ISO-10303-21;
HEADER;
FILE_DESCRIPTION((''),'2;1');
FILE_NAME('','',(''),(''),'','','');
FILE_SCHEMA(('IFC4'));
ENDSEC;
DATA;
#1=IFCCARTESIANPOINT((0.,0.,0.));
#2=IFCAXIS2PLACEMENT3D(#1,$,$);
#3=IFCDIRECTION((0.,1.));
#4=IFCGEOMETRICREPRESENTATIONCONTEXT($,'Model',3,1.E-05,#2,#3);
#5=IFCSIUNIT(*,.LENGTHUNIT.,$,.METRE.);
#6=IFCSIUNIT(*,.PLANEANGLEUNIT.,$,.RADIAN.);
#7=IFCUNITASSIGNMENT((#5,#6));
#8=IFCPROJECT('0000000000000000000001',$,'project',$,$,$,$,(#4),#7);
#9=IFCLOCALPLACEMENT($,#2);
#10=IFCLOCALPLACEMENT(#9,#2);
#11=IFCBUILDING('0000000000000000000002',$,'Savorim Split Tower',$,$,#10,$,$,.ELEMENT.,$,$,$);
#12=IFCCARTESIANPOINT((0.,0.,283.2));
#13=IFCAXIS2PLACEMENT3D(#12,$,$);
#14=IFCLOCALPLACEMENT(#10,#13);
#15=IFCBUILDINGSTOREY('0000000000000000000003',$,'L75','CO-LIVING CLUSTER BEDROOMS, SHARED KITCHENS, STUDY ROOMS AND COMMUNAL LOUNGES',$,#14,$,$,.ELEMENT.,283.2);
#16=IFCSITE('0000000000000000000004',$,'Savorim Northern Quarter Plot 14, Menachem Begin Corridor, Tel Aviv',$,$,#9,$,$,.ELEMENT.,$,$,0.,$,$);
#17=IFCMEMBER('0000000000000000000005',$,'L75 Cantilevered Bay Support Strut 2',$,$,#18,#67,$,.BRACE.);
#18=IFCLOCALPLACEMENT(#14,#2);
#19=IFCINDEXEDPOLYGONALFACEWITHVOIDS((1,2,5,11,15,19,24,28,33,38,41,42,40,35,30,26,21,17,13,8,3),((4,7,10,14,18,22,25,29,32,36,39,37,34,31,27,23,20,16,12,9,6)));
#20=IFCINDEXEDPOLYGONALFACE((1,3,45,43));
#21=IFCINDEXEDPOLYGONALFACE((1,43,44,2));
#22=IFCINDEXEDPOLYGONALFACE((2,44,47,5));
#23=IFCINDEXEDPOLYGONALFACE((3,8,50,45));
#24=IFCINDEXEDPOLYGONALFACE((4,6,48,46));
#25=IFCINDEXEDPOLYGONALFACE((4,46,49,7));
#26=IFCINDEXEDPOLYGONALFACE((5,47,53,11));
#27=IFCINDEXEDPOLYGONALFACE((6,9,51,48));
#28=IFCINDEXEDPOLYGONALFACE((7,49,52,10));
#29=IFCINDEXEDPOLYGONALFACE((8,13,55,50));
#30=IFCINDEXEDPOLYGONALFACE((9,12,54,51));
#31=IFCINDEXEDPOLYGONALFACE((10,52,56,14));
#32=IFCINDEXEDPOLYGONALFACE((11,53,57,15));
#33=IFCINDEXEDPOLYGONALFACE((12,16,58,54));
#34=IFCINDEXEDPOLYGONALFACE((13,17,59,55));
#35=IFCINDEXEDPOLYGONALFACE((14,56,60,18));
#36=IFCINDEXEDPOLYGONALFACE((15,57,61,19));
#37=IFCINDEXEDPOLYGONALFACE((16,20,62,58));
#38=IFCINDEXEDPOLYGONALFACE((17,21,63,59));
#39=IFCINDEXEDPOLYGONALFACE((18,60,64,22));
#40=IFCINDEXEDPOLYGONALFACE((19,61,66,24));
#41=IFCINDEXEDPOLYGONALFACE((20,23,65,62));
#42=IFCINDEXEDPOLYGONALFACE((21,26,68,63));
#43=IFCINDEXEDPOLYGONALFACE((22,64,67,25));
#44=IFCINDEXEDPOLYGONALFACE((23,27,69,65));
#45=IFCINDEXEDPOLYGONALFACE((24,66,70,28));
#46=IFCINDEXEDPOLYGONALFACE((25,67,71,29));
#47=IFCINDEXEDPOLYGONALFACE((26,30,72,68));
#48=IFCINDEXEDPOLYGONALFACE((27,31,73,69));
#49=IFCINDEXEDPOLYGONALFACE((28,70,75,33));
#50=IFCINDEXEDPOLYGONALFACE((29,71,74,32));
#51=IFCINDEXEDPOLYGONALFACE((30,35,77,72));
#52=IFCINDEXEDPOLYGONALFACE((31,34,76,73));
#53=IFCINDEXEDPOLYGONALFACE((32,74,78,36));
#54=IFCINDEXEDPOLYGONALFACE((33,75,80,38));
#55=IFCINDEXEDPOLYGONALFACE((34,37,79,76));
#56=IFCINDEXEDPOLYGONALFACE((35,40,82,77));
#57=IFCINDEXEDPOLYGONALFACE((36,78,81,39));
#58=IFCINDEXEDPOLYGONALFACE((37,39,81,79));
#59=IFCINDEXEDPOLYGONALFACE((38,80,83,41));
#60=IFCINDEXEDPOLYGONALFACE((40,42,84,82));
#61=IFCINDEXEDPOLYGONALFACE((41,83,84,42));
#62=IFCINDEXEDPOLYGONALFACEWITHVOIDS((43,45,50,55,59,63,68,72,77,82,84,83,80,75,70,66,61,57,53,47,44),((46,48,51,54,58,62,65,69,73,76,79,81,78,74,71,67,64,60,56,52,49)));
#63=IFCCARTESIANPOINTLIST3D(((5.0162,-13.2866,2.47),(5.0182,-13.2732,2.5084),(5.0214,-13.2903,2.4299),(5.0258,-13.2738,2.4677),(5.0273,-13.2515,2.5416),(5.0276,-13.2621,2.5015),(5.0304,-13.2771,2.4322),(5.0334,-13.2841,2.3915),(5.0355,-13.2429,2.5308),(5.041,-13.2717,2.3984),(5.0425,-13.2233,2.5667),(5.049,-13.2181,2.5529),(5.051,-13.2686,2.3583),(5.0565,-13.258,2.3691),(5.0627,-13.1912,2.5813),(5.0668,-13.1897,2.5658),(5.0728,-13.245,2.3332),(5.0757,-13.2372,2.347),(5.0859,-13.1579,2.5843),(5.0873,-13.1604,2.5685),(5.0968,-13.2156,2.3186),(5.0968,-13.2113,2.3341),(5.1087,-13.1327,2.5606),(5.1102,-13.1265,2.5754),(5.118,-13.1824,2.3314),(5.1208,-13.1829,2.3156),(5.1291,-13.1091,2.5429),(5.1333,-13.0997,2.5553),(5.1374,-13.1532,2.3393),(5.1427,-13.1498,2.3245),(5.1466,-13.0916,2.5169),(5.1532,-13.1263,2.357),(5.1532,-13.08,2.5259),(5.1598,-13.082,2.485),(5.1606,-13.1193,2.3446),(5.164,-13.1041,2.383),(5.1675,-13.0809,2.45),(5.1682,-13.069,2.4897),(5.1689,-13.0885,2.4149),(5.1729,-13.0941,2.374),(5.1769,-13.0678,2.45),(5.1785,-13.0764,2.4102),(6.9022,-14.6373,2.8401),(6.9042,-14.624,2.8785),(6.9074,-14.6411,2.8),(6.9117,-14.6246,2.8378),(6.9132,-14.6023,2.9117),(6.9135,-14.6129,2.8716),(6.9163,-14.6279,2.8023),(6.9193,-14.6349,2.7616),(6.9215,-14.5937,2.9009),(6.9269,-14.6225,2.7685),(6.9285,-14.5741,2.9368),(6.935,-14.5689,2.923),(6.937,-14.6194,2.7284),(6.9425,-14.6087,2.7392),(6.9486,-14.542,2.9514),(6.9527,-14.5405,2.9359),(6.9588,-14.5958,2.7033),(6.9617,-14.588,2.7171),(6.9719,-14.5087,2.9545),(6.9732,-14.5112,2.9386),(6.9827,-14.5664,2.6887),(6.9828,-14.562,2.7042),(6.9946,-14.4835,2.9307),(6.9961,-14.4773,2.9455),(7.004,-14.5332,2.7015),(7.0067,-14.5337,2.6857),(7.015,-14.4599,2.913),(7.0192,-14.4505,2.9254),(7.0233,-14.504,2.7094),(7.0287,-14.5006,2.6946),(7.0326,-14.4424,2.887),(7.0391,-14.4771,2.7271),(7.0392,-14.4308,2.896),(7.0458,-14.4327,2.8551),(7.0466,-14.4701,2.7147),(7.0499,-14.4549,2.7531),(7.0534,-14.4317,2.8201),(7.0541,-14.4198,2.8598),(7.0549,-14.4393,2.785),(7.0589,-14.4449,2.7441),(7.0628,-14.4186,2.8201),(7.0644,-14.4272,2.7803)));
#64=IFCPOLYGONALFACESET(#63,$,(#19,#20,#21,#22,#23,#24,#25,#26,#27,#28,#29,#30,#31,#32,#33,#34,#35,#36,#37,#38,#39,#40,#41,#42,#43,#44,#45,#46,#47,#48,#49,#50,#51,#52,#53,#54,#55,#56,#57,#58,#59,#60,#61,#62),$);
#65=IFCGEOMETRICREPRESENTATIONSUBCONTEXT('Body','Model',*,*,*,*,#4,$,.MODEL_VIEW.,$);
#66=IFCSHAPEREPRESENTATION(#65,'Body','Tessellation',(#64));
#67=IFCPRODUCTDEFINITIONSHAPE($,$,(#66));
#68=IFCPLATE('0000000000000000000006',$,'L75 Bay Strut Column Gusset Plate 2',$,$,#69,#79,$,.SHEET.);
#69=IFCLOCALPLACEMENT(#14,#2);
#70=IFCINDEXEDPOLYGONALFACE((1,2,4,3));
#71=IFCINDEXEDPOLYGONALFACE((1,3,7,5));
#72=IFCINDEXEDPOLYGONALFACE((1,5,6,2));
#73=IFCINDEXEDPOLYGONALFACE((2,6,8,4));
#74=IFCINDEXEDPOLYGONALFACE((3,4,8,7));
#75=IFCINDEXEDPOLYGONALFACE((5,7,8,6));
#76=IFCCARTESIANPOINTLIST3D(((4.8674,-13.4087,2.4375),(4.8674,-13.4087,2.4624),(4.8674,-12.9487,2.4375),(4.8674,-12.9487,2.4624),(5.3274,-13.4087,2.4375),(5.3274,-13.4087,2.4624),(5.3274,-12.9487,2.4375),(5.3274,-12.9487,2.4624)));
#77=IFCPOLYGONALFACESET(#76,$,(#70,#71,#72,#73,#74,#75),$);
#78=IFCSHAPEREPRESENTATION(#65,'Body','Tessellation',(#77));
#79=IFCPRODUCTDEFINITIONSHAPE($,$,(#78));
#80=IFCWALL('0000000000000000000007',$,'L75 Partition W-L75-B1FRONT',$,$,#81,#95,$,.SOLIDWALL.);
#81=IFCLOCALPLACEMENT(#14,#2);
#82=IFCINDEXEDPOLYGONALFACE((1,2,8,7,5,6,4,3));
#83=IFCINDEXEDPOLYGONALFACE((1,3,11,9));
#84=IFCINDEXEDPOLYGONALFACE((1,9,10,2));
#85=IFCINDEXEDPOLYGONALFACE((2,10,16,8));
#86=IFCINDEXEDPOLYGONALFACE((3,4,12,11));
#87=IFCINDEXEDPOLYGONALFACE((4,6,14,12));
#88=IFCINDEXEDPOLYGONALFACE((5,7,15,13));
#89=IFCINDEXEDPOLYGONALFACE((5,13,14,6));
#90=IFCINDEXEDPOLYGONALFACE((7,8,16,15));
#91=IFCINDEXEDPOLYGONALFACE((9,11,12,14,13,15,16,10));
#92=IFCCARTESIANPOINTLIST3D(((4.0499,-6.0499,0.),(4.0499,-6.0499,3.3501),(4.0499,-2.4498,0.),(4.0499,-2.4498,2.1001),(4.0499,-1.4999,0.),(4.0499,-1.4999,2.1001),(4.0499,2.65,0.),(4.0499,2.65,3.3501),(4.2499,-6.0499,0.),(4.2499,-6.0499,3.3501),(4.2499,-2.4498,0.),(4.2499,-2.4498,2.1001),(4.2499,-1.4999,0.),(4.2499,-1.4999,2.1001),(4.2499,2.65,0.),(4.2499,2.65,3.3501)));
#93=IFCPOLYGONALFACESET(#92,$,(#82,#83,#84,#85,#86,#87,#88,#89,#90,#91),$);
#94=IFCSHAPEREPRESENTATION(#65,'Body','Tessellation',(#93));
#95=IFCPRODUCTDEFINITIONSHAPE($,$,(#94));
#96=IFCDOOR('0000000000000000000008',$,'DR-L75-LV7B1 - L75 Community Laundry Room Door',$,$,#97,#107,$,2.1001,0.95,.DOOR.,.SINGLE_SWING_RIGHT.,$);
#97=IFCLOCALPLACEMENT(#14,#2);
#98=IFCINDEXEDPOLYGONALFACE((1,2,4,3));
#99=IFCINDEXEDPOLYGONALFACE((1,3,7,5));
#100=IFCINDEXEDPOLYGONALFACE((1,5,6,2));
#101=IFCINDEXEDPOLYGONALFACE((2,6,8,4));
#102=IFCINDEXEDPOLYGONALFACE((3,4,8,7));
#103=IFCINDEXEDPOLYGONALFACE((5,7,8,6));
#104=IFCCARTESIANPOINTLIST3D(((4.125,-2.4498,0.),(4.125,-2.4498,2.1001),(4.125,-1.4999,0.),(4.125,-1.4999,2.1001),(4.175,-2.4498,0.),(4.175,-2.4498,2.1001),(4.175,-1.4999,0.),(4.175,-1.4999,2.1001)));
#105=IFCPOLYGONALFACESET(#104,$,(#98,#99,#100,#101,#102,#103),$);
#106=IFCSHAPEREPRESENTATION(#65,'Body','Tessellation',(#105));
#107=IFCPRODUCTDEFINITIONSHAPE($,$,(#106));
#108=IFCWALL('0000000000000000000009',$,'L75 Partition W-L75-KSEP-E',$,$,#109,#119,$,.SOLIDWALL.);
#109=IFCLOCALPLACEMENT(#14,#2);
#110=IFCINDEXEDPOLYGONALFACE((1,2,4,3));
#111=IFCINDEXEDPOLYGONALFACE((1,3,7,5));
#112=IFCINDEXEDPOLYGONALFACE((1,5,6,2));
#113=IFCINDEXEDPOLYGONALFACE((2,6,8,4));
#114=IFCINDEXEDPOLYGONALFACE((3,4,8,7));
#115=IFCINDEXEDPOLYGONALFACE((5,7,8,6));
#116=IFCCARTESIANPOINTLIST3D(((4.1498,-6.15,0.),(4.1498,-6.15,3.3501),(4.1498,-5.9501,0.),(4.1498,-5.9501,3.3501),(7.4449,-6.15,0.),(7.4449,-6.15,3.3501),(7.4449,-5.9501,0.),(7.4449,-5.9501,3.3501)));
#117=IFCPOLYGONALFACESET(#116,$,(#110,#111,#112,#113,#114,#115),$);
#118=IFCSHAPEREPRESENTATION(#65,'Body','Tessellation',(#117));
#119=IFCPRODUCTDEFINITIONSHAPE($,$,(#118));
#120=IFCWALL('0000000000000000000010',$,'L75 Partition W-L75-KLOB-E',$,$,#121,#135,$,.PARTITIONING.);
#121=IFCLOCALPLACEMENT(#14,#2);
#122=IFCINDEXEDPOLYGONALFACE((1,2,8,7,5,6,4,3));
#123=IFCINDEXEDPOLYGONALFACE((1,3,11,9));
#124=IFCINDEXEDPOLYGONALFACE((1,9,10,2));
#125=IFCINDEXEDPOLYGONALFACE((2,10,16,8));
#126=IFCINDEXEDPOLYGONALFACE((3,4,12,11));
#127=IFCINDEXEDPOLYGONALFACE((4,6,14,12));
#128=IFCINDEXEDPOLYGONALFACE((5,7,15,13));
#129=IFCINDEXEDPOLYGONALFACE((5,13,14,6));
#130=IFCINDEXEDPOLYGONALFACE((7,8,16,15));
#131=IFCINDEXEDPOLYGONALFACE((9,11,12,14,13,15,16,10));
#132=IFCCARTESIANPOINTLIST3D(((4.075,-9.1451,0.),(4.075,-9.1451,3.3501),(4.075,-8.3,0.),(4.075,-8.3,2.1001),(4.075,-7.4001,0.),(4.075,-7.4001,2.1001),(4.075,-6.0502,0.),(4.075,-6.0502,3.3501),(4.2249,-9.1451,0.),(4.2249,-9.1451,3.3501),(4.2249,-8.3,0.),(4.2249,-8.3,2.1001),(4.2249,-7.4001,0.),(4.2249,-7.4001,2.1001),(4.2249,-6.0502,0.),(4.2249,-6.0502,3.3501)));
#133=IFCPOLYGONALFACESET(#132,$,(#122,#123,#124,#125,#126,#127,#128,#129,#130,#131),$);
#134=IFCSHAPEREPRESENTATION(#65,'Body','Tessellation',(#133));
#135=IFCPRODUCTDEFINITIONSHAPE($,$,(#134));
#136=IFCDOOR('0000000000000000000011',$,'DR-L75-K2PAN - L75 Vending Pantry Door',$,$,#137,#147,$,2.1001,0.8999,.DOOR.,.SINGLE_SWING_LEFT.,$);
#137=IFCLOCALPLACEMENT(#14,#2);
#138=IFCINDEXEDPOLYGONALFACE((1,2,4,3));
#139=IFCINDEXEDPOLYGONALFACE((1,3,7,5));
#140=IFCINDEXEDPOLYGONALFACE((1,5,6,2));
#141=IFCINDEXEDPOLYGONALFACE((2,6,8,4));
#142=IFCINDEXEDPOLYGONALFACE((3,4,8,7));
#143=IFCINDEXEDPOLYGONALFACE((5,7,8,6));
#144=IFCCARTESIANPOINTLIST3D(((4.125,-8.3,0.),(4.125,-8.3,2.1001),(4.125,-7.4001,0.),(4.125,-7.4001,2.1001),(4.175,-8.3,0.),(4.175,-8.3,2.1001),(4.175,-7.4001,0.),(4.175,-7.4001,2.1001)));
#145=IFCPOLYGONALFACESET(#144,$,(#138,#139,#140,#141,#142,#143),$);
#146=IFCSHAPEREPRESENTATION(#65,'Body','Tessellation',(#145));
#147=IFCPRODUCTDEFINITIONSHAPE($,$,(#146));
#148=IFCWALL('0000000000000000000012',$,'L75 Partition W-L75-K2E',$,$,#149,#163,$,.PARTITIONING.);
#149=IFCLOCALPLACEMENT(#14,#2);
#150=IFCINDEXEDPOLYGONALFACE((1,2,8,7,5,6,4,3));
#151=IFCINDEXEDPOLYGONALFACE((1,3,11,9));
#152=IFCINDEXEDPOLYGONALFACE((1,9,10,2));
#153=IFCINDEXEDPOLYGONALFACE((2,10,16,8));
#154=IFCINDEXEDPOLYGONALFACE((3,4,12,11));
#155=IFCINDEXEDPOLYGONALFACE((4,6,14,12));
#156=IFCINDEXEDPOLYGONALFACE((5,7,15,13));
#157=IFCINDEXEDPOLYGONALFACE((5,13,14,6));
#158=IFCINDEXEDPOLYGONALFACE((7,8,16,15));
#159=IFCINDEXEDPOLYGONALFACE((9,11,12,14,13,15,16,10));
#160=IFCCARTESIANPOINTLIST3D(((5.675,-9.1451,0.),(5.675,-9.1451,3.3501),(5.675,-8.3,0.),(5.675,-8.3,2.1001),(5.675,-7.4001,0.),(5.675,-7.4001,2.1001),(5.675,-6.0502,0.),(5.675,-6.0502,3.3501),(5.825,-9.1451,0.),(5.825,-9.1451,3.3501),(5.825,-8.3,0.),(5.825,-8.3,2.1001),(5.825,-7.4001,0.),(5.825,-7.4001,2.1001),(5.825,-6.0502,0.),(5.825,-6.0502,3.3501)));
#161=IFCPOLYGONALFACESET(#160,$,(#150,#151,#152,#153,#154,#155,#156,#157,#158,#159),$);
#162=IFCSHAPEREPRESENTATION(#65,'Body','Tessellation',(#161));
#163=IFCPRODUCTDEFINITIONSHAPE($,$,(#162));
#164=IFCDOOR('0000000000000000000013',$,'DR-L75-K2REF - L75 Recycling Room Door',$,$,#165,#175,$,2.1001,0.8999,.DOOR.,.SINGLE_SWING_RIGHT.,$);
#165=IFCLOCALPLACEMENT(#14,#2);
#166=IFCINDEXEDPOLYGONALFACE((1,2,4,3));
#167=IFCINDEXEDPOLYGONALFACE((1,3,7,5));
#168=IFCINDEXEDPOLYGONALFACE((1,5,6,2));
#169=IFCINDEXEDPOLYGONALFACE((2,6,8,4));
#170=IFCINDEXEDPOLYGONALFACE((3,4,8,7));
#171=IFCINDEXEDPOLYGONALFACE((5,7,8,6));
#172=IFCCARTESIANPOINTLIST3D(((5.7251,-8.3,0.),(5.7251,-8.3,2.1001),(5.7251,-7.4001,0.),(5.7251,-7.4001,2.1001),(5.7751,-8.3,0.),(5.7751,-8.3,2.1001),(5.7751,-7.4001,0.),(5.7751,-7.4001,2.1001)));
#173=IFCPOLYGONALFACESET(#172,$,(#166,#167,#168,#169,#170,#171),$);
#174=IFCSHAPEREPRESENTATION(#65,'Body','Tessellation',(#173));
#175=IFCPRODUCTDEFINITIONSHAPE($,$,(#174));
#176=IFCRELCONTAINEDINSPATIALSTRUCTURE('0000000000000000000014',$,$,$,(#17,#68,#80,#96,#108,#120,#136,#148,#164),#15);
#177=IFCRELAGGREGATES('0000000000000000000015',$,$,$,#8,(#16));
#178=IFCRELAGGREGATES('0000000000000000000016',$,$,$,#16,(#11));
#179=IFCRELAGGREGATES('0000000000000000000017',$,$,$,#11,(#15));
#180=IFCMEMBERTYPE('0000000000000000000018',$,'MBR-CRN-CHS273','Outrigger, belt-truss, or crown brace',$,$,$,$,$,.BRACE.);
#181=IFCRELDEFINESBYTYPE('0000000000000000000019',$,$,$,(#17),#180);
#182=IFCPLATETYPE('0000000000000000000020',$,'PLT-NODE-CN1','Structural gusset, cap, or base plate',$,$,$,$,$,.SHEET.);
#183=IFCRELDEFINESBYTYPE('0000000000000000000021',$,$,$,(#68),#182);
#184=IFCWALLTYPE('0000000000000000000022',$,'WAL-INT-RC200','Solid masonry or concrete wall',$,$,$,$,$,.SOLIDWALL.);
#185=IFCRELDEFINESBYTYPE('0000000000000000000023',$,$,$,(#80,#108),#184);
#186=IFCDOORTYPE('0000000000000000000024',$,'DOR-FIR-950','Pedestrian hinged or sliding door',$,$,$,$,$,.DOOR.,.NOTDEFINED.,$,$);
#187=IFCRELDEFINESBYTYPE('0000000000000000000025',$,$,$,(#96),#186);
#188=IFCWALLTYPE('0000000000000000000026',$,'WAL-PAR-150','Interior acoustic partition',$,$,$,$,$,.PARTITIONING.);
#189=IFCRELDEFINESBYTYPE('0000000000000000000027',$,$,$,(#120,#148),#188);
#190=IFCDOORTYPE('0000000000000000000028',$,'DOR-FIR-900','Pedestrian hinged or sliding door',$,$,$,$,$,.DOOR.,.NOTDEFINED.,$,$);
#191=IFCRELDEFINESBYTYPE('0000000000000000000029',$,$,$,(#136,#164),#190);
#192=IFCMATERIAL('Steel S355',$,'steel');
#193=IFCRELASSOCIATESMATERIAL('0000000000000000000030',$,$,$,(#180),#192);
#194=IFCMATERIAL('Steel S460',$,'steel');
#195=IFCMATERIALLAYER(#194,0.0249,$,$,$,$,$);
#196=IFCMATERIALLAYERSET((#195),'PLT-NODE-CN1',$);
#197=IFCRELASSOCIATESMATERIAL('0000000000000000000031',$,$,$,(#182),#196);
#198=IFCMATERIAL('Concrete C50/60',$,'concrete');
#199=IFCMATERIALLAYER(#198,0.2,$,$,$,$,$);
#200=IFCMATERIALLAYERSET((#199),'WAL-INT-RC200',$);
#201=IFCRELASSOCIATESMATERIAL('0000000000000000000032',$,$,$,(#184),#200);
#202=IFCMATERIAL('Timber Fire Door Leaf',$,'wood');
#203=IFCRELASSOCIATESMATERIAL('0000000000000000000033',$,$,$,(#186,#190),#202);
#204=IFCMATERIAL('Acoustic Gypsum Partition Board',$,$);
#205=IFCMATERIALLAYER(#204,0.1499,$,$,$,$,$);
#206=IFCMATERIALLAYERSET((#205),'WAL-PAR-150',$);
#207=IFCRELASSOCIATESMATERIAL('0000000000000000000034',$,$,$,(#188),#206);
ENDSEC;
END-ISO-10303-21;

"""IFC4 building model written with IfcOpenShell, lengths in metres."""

from ifc_helpers import new_model, si_unit, direction, frame, frame_2d, origin, origin_2d, place, context, subcontext, project, spatial, rectangle, hollow_circle, extrude, material, layer, layer_set, material_profile, profile_set, type_object, element, fill, save


model = new_model("IFC4")

# Units and contexts
model_context = context("Model", 3, precision=1e-05, world=origin(), true_north=direction((0.0, 1.0)))
body_context = subcontext(model_context, "Body", "Model", "MODEL_VIEW")
ifc_project = project(units=[si_unit("LENGTHUNIT", "METRE"), si_unit("PLANEANGLEUNIT", "RADIAN")], contexts=[model_context])

# Site, building, storey
site_placement = place(None, origin())
site = spatial("IfcSite", under=ifc_project, at=site_placement, Name="Savorim Northern Quarter Plot 14, Menachem Begin Corridor, Tel Aviv", CompositionType="ELEMENT", RefElevation=0.0)
building_placement = place(site_placement, origin())
building = spatial("IfcBuilding", under=site, at=building_placement, Name="Savorim Split Tower", CompositionType="ELEMENT")
storey_placement = place(building_placement, frame((0.0, 0.0, 283.2)))
storey = spatial("IfcBuildingStorey", under=building, at=storey_placement, Name="L75", Description="CO-LIVING CLUSTER BEDROOMS, SHARED KITCHENS, STUDY ROOMS AND COMMUNAL LOUNGES", CompositionType="ELEMENT", Elevation=283.2)

# Shared definitions
ifc_material_1 = material(Name="Steel S355", Category="steel")

# Member
ifc_material_profile_1 = material_profile(ifc_material_1, hollow_circle(Radius=0.1365, WallThickness=0.0161, at=origin_2d()), Name="CHS 273x16")
ifc_profile_set_1 = profile_set([ifc_material_profile_1], Name="Steel S355")
member_type = type_object("IfcMemberType", Name="MBR-CRN-CHS273", Description="Outrigger, belt-truss, or crown brace", PredefinedType="BRACE", material=ifc_profile_set_1)
member_placement = place(storey_placement, frame((5.0974, -13.1787, 2.45), z_axis=(0.802826, -0.575021, 0.157551), x_axis=(0.582293, 0.812979, 0.0)))
element("IfcMember", 1, at=member_placement, inside=storey, type_object=member_type, Name="L75 Cantilevered Bay Support Strut 2", PredefinedType="BRACE", context=body_context, shape_type="SweptSolid", body=[
    extrude(hollow_circle(Radius=0.1365, WallThickness=0.0161, at=origin_2d()), origin(), (0.0, 0.0, 1.0), 2.3491),
])

# Plate
ifc_material_2 = material(Name="Steel S460", Category="steel")
ifc_layer_1 = layer(ifc_material_2, 0.0249)
ifc_layer_set_1 = layer_set([ifc_layer_1], Name="PLT-NODE-CN1")
plate_type = type_object("IfcPlateType", Name="PLT-NODE-CN1", Description="Structural gusset, cap, or base plate", PredefinedType="SHEET", material=ifc_layer_set_1)
plate_placement = place(storey_placement, frame((5.0974, -13.1787, 2.4375), z_axis=(0.0, 0.0, 1.0), x_axis=(1.0, 0.0, 0.0)))
element("IfcPlate", 2, at=plate_placement, inside=storey, type_object=plate_type, Name="L75 Bay Strut Column Gusset Plate 2", PredefinedType="SHEET", context=body_context, shape_type="SweptSolid", body=[
    extrude(rectangle(XDim=0.46, YDim=0.46, at=origin_2d()), origin(), (0.0, 0.0, 1.0), 0.0249),
])

# Wall, opening, door
ifc_material_3 = material(Name="Concrete C50/60", Category="concrete")
ifc_layer_2 = layer(ifc_material_3, 0.2)
ifc_layer_set_2 = layer_set([ifc_layer_2], Name="WAL-INT-RC200")
wall_type_1 = type_object("IfcWallType", Name="WAL-INT-RC200", Description="Solid masonry or concrete wall", PredefinedType="SOLIDWALL", material=ifc_layer_set_2)
wall_1_placement = place(storey_placement, frame((4.1499, -6.05, 0.0), z_axis=(0.0, 0.0, 1.0), x_axis=(0.0, 1.0, 0.0)))
wall_1 = element("IfcWall", 3, at=wall_1_placement, inside=storey, type_object=wall_type_1, Name="L75 Partition W-L75-B1FRONT", PredefinedType="SOLIDWALL", context=body_context, shape_type="SweptSolid", body=[
    extrude(rectangle(XDim=8.7, YDim=0.2, at=frame_2d((4.3501, 0.0))), origin(), (0.0, 0.0, 1.0), 3.3501),
])
opening_1_placement = place(wall_1_placement, frame((3.6001, 0.0, 0.0)))
opening_1 = element("IfcOpeningElement", 4, at=opening_1_placement, cuts=wall_1, PredefinedType="OPENING", context=body_context, shape_type="SweptSolid", body=[
    extrude(rectangle(XDim=0.95, YDim=2.1001, at=frame_2d((0.4751, 1.05))), frame((0.0, 0.1099, 0.0), z_axis=(0.0, -1.0, 0.0), x_axis=(1.0, 0.0, 0.0)), (0.0, 0.0, 1.0), 0.22),
])
ifc_material_4 = material(Name="Timber Fire Door Leaf", Category="wood")
door_type_1 = type_object("IfcDoorType", Name="DOR-FIR-950", Description="Pedestrian hinged or sliding door", OperationType="NOTDEFINED", PredefinedType="DOOR", material=ifc_material_4)
door_1_placement = place(opening_1_placement, origin())
door_1 = element("IfcDoor", 5, at=door_1_placement, inside=storey, type_object=door_type_1, Name="DR-L75-LV7B1 - L75 Community Laundry Room Door", OperationType="SINGLE_SWING_RIGHT", OverallHeight=2.1001, OverallWidth=0.95, PredefinedType="DOOR", context=body_context, shape_type="SweptSolid", body=[
    extrude(rectangle(XDim=0.95, YDim=2.1001, at=frame_2d((0.4751, 1.05))), frame((0.0, 0.0249, 0.0), z_axis=(0.0, -1.0, 0.0), x_axis=(1.0, 0.0, 0.0)), (0.0, 0.0, 1.0), 0.05),
])
fill(opening_1, door_1)

# Wall
wall_2_placement = place(storey_placement, frame((4.1499, -6.05, 0.0), z_axis=(0.0, 0.0, 1.0), x_axis=(1.0, 0.0, 0.0)))
element("IfcWall", 6, at=wall_2_placement, inside=storey, type_object=wall_type_1, Name="L75 Partition W-L75-KSEP-E", PredefinedType="SOLIDWALL", context=body_context, shape_type="SweptSolid", body=[
    extrude(rectangle(XDim=3.2952, YDim=0.2, at=frame_2d((1.6475, 0.0))), origin(), (0.0, 0.0, 1.0), 3.3501),
])

# Walls, openings, doors
ifc_material_5 = material(Name="Acoustic Gypsum Partition Board")
ifc_layer_3 = layer(ifc_material_5, 0.1499)
ifc_layer_set_3 = layer_set([ifc_layer_3], Name="WAL-PAR-150")
wall_type_2 = type_object("IfcWallType", Name="WAL-PAR-150", Description="Interior acoustic partition", PredefinedType="PARTITIONING", material=ifc_layer_set_3)
wall_3_placement = place(storey_placement, frame((4.1499, -9.145, 0.0), z_axis=(0.0, 0.0, 1.0), x_axis=(0.0, 1.0, 0.0)))
wall_3 = element("IfcWall", 7, at=wall_3_placement, inside=storey, type_object=wall_type_2, Name="L75 Partition W-L75-KLOB-E", PredefinedType="PARTITIONING", context=body_context, shape_type="SweptSolid", body=[
    extrude(rectangle(XDim=3.095, YDim=0.1499, at=frame_2d((1.5474, 0.0))), origin(), (0.0, 0.0, 1.0), 3.3501),
])
opening_2_placement = place(wall_3_placement, frame((0.845, 0.0, 0.0)))
opening_2 = element("IfcOpeningElement", 8, at=opening_2_placement, cuts=wall_3, PredefinedType="OPENING", context=body_context, shape_type="SweptSolid", body=[
    extrude(rectangle(XDim=0.8999, YDim=2.1001, at=frame_2d((0.45, 1.05))), frame((0.0, 0.085, 0.0), z_axis=(0.0, -1.0, 0.0), x_axis=(1.0, 0.0, 0.0)), (0.0, 0.0, 1.0), 0.1699),
])
door_type_2 = type_object("IfcDoorType", Name="DOR-FIR-900", Description="Pedestrian hinged or sliding door", OperationType="NOTDEFINED", PredefinedType="DOOR", material=ifc_material_4)
door_2_placement = place(opening_2_placement, origin())
door_2 = element("IfcDoor", 9, at=door_2_placement, inside=storey, type_object=door_type_2, Name="DR-L75-K2PAN - L75 Vending Pantry Door", OperationType="SINGLE_SWING_LEFT", OverallHeight=2.1001, OverallWidth=0.8999, PredefinedType="DOOR", context=body_context, shape_type="SweptSolid", body=[
    extrude(rectangle(XDim=0.8999, YDim=2.1001, at=frame_2d((0.45, 1.05))), frame((0.0, 0.0249, 0.0), z_axis=(0.0, -1.0, 0.0), x_axis=(1.0, 0.0, 0.0)), (0.0, 0.0, 1.0), 0.05),
])
fill(opening_2, door_2)
wall_4_placement = place(storey_placement, frame((5.75, -9.145, 0.0), z_axis=(0.0, 0.0, 1.0), x_axis=(0.0, 1.0, 0.0)))
wall_4 = element("IfcWall", 10, at=wall_4_placement, inside=storey, type_object=wall_type_2, Name="L75 Partition W-L75-K2E", PredefinedType="PARTITIONING", context=body_context, shape_type="SweptSolid", body=[
    extrude(rectangle(XDim=3.095, YDim=0.1499, at=frame_2d((1.5474, 0.0))), origin(), (0.0, 0.0, 1.0), 3.3501),
])
opening_3_placement = place(wall_4_placement, frame((0.845, 0.0, 0.0)))
opening_3 = element("IfcOpeningElement", 11, at=opening_3_placement, cuts=wall_4, PredefinedType="OPENING", context=body_context, shape_type="SweptSolid", body=[
    extrude(rectangle(XDim=0.8999, YDim=2.1001, at=frame_2d((0.45, 1.05))), frame((0.0, 0.085, 0.0), z_axis=(0.0, -1.0, 0.0), x_axis=(1.0, 0.0, 0.0)), (0.0, 0.0, 1.0), 0.1699),
])
door_3_placement = place(opening_3_placement, origin())
door_3 = element("IfcDoor", 12, at=door_3_placement, inside=storey, type_object=door_type_2, Name="DR-L75-K2REF - L75 Recycling Room Door", OperationType="SINGLE_SWING_RIGHT", OverallHeight=2.1001, OverallWidth=0.8999, PredefinedType="DOOR", context=body_context, shape_type="SweptSolid", body=[
    extrude(rectangle(XDim=0.8999, YDim=2.1001, at=frame_2d((0.45, 1.05))), frame((0.0, 0.0249, 0.0), z_axis=(0.0, -1.0, 0.0), x_axis=(1.0, 0.0, 0.0)), (0.0, 0.0, 1.0), 0.05),
])
fill(opening_3, door_3)

save(model, "model.ifc")
